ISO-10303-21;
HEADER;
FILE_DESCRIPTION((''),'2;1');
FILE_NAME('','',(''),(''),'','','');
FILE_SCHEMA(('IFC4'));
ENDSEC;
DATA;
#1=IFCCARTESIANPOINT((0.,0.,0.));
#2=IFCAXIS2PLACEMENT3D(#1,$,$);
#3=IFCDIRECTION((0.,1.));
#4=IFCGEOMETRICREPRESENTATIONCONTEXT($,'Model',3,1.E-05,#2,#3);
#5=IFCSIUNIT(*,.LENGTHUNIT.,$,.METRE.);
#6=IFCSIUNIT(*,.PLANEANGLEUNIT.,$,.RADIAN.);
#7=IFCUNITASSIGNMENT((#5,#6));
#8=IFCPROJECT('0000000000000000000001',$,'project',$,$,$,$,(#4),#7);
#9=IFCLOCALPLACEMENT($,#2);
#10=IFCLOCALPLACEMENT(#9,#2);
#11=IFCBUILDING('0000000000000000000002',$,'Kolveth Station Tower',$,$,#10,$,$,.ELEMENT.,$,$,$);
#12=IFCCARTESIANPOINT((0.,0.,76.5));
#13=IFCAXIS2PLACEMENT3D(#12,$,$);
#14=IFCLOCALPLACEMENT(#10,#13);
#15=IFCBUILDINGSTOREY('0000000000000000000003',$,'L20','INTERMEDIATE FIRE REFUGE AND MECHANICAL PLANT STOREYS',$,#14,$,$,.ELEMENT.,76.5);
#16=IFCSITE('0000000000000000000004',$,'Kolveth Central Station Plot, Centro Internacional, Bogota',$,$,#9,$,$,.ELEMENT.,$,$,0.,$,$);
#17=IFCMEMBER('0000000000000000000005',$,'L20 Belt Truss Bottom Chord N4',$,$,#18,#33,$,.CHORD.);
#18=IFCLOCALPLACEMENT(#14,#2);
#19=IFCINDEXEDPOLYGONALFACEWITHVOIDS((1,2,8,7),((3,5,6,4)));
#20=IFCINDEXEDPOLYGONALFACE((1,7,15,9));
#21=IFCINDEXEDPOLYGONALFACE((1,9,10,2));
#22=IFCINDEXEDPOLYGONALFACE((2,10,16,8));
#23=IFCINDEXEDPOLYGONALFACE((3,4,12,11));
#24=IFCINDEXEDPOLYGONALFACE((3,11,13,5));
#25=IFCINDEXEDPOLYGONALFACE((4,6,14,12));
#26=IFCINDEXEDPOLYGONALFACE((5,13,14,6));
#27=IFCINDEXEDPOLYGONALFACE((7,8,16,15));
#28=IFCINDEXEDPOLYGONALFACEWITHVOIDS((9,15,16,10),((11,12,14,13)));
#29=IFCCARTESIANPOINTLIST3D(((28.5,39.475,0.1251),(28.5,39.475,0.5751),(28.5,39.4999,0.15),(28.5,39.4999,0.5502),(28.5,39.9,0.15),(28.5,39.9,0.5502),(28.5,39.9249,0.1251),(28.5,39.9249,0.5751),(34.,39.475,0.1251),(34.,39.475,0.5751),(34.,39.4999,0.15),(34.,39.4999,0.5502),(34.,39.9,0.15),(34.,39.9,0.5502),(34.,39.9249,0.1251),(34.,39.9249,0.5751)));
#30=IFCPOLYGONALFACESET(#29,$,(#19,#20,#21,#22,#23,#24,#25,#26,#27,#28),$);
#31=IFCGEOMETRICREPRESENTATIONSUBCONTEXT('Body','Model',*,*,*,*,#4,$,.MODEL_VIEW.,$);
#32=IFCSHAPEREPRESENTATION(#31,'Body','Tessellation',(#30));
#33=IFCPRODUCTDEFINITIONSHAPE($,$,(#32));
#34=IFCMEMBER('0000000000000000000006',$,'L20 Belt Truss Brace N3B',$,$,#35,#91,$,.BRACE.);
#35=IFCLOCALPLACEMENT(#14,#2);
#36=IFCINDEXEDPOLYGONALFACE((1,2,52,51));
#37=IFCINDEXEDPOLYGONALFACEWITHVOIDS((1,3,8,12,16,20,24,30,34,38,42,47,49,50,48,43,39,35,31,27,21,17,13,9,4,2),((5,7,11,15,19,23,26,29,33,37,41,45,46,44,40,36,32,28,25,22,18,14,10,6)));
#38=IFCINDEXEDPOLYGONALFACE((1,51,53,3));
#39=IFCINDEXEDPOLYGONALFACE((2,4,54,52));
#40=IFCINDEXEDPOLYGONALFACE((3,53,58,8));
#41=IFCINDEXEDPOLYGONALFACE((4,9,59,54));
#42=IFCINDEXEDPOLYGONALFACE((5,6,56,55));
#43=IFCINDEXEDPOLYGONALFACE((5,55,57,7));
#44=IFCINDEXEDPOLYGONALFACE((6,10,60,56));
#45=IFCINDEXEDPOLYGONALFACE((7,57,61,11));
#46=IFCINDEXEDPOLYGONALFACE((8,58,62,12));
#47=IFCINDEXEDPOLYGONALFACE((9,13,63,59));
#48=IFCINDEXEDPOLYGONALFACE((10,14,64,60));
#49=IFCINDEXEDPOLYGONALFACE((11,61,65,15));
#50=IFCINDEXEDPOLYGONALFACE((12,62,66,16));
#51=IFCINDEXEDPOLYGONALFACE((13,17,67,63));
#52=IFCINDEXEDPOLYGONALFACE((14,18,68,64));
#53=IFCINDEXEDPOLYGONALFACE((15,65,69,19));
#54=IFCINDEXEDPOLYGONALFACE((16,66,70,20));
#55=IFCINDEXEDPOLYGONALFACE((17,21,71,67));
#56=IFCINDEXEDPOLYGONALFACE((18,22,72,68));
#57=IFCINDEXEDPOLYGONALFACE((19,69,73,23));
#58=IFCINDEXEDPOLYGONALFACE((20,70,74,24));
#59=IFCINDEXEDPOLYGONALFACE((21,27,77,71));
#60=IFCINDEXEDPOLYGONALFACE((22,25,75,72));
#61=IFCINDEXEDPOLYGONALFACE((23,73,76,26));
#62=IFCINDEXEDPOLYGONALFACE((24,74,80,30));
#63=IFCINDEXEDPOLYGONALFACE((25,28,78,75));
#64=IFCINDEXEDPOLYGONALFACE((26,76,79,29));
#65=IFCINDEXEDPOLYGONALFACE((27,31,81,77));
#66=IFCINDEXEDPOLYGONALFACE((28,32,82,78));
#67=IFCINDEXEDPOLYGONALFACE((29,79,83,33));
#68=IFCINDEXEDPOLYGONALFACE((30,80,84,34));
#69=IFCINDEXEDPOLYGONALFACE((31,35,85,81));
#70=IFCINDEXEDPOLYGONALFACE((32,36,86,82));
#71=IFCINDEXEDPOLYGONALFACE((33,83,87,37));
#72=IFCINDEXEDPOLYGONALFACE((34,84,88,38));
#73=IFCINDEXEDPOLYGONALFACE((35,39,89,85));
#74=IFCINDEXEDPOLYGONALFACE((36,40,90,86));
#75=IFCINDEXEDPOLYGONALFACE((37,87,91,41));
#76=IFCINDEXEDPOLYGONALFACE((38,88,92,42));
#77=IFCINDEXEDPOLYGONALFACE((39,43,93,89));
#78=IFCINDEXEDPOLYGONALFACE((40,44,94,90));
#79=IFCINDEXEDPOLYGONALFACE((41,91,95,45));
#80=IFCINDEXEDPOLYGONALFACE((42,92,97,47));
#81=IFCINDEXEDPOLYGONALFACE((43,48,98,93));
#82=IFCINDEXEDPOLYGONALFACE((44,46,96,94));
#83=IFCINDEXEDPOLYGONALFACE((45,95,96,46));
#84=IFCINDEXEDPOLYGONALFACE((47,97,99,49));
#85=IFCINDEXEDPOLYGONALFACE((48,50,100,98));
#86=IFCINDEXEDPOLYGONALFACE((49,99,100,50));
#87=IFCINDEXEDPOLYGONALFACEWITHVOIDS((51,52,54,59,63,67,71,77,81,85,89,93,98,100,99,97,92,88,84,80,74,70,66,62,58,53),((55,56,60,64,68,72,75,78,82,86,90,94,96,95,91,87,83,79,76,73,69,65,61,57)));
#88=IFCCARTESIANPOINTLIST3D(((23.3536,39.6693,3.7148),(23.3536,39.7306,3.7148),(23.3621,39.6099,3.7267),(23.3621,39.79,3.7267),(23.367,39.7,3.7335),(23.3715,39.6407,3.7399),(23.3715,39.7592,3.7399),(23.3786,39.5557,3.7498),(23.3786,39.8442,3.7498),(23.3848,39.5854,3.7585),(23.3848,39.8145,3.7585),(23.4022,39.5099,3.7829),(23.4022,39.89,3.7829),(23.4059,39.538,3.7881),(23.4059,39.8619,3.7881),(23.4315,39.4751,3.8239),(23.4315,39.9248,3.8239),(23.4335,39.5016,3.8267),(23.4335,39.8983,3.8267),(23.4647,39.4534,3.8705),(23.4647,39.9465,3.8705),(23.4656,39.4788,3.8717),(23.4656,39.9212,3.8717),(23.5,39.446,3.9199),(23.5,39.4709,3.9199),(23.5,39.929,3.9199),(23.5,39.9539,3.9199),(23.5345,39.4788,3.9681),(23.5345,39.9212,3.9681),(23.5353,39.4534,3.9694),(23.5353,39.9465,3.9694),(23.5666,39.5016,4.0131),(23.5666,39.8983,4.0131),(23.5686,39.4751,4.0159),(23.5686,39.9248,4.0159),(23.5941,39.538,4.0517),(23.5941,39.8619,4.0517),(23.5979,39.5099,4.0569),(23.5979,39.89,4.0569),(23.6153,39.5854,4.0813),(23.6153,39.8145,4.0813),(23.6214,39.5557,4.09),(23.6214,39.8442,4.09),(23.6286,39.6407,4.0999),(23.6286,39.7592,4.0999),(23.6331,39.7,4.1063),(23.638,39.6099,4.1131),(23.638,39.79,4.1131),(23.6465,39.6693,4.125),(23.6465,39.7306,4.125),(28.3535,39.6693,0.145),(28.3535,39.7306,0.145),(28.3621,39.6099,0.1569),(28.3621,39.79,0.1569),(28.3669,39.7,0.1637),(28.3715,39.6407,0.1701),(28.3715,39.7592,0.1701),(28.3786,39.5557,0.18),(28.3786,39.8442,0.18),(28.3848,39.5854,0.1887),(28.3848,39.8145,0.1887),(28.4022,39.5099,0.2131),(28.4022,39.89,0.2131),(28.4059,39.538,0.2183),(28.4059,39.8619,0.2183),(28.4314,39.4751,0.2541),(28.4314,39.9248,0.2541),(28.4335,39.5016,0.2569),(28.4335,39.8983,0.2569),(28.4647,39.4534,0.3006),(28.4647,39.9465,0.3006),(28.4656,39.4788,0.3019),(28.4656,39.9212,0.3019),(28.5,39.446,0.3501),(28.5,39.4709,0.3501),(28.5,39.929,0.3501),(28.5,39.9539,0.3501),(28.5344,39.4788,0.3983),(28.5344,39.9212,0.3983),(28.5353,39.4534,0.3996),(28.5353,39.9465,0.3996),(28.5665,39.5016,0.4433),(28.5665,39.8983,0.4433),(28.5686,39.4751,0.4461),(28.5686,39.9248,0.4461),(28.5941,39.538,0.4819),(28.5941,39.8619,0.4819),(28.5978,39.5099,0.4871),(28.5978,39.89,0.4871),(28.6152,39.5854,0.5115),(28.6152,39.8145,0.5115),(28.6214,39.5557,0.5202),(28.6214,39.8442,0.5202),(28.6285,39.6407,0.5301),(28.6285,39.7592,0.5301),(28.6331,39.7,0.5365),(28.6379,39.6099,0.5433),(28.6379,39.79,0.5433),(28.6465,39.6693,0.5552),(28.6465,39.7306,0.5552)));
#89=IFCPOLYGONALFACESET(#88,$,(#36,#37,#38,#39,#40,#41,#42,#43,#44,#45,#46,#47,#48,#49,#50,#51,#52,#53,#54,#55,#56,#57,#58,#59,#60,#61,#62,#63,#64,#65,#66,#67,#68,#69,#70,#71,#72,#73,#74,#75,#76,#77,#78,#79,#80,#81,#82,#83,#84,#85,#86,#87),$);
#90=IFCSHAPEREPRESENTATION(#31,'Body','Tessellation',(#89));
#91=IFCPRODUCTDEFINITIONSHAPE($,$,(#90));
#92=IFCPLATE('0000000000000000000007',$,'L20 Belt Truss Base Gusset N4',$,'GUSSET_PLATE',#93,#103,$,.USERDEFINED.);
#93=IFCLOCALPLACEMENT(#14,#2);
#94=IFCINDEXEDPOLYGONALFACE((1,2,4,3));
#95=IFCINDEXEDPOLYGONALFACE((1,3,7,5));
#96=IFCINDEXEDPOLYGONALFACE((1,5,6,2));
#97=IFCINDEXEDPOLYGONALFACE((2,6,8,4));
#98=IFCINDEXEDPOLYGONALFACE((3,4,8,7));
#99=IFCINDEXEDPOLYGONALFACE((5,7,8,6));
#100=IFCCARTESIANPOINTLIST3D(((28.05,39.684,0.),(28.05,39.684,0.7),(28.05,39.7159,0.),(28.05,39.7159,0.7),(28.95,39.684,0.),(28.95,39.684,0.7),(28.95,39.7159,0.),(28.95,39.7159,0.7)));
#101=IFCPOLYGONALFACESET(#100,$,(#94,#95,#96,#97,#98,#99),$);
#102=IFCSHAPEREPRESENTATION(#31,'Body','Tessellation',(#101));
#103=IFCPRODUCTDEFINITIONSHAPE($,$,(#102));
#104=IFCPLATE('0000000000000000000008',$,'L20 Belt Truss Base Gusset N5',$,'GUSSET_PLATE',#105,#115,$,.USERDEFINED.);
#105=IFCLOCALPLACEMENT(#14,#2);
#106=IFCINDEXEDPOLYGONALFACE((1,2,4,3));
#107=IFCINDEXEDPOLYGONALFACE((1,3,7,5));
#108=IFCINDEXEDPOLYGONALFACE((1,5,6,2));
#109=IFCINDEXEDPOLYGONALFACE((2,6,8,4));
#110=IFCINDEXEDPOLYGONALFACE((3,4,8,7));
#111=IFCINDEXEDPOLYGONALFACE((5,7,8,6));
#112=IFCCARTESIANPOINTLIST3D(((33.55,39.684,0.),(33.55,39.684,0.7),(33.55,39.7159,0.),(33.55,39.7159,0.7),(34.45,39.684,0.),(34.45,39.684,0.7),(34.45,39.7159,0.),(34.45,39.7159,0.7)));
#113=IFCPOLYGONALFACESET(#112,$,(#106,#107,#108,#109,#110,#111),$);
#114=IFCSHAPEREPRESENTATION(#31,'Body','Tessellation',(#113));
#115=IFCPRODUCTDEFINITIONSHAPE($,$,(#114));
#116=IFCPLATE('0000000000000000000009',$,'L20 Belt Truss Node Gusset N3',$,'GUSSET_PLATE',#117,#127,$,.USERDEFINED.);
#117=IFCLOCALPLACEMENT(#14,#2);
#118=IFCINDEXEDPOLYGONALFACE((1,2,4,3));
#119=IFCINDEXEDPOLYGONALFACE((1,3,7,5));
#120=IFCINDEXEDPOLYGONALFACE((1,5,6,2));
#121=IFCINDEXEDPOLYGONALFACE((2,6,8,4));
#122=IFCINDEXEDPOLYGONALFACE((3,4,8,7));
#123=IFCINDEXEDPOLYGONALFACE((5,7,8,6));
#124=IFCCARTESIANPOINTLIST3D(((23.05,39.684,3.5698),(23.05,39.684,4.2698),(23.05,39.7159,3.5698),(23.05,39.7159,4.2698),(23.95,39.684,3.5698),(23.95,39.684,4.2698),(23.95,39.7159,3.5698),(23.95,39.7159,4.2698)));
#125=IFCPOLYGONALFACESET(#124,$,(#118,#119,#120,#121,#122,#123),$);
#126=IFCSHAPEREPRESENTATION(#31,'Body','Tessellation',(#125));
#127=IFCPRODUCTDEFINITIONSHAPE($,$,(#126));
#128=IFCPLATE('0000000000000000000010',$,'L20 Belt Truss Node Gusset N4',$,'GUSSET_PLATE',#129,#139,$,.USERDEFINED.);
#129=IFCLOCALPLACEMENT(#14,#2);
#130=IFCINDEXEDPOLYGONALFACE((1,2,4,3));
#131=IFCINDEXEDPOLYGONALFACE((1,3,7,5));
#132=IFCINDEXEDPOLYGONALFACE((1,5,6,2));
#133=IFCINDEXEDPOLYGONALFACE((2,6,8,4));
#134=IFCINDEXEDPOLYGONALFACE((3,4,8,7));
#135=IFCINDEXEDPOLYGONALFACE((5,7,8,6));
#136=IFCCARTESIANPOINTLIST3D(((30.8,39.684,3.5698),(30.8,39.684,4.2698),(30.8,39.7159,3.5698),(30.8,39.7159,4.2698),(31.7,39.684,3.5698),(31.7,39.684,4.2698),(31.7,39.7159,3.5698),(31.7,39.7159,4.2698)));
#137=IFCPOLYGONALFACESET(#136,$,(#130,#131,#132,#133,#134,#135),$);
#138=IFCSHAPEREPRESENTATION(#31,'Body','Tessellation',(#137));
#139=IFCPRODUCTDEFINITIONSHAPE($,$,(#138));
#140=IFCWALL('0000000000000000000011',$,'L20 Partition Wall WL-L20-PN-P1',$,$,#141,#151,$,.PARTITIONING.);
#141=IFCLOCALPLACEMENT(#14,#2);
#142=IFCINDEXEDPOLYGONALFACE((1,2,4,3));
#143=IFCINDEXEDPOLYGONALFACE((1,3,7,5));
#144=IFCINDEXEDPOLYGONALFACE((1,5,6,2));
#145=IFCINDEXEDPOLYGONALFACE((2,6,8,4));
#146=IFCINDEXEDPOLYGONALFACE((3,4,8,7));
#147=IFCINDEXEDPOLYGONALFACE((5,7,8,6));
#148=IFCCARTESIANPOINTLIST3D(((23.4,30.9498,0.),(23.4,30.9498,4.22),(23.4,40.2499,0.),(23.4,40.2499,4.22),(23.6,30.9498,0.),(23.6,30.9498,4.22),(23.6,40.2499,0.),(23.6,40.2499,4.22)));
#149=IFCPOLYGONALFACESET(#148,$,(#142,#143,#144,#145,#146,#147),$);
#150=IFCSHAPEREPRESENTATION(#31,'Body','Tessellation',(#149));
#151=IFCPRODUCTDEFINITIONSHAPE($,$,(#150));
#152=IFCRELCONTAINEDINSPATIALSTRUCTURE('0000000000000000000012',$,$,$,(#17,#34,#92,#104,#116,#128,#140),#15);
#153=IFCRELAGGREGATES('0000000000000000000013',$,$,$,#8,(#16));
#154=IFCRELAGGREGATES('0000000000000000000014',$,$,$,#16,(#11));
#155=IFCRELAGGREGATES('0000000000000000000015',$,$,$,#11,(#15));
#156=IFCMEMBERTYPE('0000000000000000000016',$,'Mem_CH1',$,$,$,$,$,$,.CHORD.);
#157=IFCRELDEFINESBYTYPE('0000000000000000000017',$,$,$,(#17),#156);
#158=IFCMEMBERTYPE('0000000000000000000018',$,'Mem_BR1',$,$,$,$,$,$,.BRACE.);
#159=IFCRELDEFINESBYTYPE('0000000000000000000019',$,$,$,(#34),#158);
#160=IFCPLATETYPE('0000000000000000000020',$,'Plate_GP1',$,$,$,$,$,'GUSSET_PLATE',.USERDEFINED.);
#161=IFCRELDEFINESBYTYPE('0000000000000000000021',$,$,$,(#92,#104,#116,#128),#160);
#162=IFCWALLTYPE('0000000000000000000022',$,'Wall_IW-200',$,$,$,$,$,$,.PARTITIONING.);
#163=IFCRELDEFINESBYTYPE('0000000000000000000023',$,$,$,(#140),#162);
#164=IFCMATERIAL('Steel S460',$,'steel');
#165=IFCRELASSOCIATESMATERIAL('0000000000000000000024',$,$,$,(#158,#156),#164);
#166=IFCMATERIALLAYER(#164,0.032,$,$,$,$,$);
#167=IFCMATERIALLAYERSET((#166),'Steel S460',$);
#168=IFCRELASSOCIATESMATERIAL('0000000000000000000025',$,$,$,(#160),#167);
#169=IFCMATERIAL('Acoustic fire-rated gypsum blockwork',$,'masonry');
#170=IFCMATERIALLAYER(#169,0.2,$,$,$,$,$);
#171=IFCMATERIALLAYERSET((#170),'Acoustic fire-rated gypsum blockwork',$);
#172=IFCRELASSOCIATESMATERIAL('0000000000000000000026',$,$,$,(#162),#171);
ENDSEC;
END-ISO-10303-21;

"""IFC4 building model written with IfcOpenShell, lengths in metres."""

from ifc_helpers import new_model, si_unit, direction, frame, frame_2d, origin, origin_2d, place, context, subcontext, project, spatial, rectangle, hollow_rectangle, hollow_circle, extrude, source, transform, mapped, material, layer, layer_set, material_profile, profile_set, type_object, element, save


model = new_model("IFC4")

# Units and contexts
model_context = context("Model", 3, precision=1e-05, world=origin(), true_north=direction((0.0, 1.0)))
body_context = subcontext(model_context, "Body", "Model", "MODEL_VIEW")
ifc_project = project(units=[si_unit("LENGTHUNIT", "METRE"), si_unit("PLANEANGLEUNIT", "RADIAN")], contexts=[model_context])

# Site, building, storey
site_placement = place(None, origin())
site = spatial("IfcSite", under=ifc_project, at=site_placement, Name="Kolveth Central Station Plot, Centro Internacional, Bogota", CompositionType="ELEMENT", RefElevation=0.0)
building_placement = place(site_placement, origin())
building = spatial("IfcBuilding", under=site, at=building_placement, Name="Kolveth Station Tower", CompositionType="ELEMENT")
storey_placement = place(building_placement, frame((0.0, 0.0, 76.5)))
storey = spatial("IfcBuildingStorey", under=building, at=storey_placement, Name="L20", Description="INTERMEDIATE FIRE REFUGE AND MECHANICAL PLANT STOREYS", CompositionType="ELEMENT", Elevation=76.5)

# Shared definitions
ifc_material_1 = material(Name="Steel S460", Category="steel")

# Members
ifc_material_profile_1 = material_profile(ifc_material_1, hollow_circle(Radius=0.2539, WallThickness=0.0249, at=origin_2d()), Name="CHS508x25")
ifc_profile_set_1 = profile_set([ifc_material_profile_1], Name="Steel S460")
member_type_1 = type_object("IfcMemberType", Name="Mem_BR1", PredefinedType="BRACE", material=ifc_profile_set_1)
ifc_material_profile_2 = material_profile(ifc_material_1, hollow_rectangle(XDim=0.45, YDim=0.45, WallThickness=0.0249, at=origin_2d()), Name="HSS450x450x25")
ifc_profile_set_2 = profile_set([ifc_material_profile_2], Name="Steel S460")
member_type_2 = type_object("IfcMemberType", Name="Mem_CH1", PredefinedType="CHORD", material=ifc_profile_set_2)
shared_shape_1 = source(origin(), body_context, "Body", "SweptSolid", [
    extrude(hollow_rectangle(XDim=0.45, YDim=0.45, WallThickness=0.0249, at=origin_2d()), origin(), (0.0, 0.0, 1.0), 5.5),
])
member_1_placement = place(storey_placement, frame((28.5, 39.7, 0.3501), z_axis=(1.0, 0.0, 0.0), x_axis=(0.0, 1.0, 0.0)))
element("IfcMember", 1, at=member_1_placement, inside=storey, type_object=member_type_2, Name="L20 Belt Truss Bottom Chord N4", PredefinedType="CHORD", context=body_context, shape_type="MappedRepresentation", body=[
    mapped(shared_shape_1, transform((0.0, 0.0, 0.0), x_axis=(1.0, 0.0, 0.0), y_axis=(0.0, 1.0, 0.0), z_axis=(0.0, 0.0, 1.0), scale=1.0)),
])
shared_shape_2 = source(origin(), body_context, "Body", "SweptSolid", [
    extrude(hollow_circle(Radius=0.2539, WallThickness=0.0249, at=origin_2d()), origin(), (0.0, 0.0, 1.0), 6.1436),
])
member_2_placement = place(storey_placement, frame((28.5, 39.7, 0.3501), z_axis=(-0.813857, 0.0, 0.581065), x_axis=(0.0, -1.0, 0.0)))
element("IfcMember", 2, at=member_2_placement, inside=storey, type_object=member_type_1, Name="L20 Belt Truss Brace N3B", PredefinedType="BRACE", context=body_context, shape_type="MappedRepresentation", body=[
    mapped(shared_shape_2, transform((0.0, 0.0, 0.0), x_axis=(1.0, 0.0, 0.0), y_axis=(0.0, 1.0, 0.0), z_axis=(0.0, 0.0, 1.0), scale=1.0)),
])

# Plates
ifc_layer_1 = layer(ifc_material_1, 0.032)
ifc_layer_set_1 = layer_set([ifc_layer_1], Name="Steel S460")
plate_type = type_object("IfcPlateType", Name="Plate_GP1", ElementType="GUSSET_PLATE", PredefinedType="USERDEFINED", material=ifc_layer_set_1)
shared_shape_3 = source(origin(), body_context, "Body", "SweptSolid", [
    extrude(rectangle(XDim=0.8999, YDim=0.032, at=origin_2d()), origin(), (0.0, 0.0, 1.0), 0.7),
])
for number, where, z_axis, x_axis, name in (
    (3, (28.5, 39.7, 0.0), (0.0, 0.0, 1.0), (1.0, 0.0, 0.0), "L20 Belt Truss Base Gusset N4"),
    (4, (34.0, 39.7, 0.0), (0.0, 0.0, 1.0), (1.0, 0.0, 0.0), "L20 Belt Truss Base Gusset N5"),
    (5, (23.5, 39.7, 3.5698), (0.0, 0.0, 1.0), (1.0, 0.0, 0.0), "L20 Belt Truss Node Gusset N3"),
    (6, (31.25, 39.7, 3.5698), (0.0, 0.0, 1.0), (1.0, 0.0, 0.0), "L20 Belt Truss Node Gusset N4"),
):
    element("IfcPlate", number, at=place(storey_placement, frame(where, z_axis=z_axis, x_axis=x_axis)), inside=storey, type_object=plate_type, Name=name, ObjectType="GUSSET_PLATE", PredefinedType="USERDEFINED", context=body_context, shape_type="MappedRepresentation", body=[
        mapped(shared_shape_3, transform((0.0, 0.0, 0.0), x_axis=(1.0, 0.0, 0.0), y_axis=(0.0, 1.0, 0.0), z_axis=(0.0, 0.0, 1.0), scale=1.0)),
    ])

# Wall
ifc_material_2 = material(Name="Acoustic fire-rated gypsum blockwork", Category="masonry")
ifc_layer_2 = layer(ifc_material_2, 0.2)
ifc_layer_set_2 = layer_set([ifc_layer_2], Name="Acoustic fire-rated gypsum blockwork")
wall_type = type_object("IfcWallType", Name="Wall_IW-200", PredefinedType="PARTITIONING", material=ifc_layer_set_2)
wall_placement = place(storey_placement, frame((23.5, 30.95, 0.0), z_axis=(0.0, 0.0, 1.0), x_axis=(0.0, 1.0, 0.0)))
element("IfcWall", 7, at=wall_placement, inside=storey, type_object=wall_type, Name="L20 Partition Wall WL-L20-PN-P1", PredefinedType="PARTITIONING", context=body_context, shape_type="SweptSolid", body=[
    extrude(rectangle(XDim=9.3, YDim=0.2, at=frame_2d((4.6499, 0.0))), origin(), (0.0, 0.0, 1.0), 4.22),
])

save(model, "model.ifc")
